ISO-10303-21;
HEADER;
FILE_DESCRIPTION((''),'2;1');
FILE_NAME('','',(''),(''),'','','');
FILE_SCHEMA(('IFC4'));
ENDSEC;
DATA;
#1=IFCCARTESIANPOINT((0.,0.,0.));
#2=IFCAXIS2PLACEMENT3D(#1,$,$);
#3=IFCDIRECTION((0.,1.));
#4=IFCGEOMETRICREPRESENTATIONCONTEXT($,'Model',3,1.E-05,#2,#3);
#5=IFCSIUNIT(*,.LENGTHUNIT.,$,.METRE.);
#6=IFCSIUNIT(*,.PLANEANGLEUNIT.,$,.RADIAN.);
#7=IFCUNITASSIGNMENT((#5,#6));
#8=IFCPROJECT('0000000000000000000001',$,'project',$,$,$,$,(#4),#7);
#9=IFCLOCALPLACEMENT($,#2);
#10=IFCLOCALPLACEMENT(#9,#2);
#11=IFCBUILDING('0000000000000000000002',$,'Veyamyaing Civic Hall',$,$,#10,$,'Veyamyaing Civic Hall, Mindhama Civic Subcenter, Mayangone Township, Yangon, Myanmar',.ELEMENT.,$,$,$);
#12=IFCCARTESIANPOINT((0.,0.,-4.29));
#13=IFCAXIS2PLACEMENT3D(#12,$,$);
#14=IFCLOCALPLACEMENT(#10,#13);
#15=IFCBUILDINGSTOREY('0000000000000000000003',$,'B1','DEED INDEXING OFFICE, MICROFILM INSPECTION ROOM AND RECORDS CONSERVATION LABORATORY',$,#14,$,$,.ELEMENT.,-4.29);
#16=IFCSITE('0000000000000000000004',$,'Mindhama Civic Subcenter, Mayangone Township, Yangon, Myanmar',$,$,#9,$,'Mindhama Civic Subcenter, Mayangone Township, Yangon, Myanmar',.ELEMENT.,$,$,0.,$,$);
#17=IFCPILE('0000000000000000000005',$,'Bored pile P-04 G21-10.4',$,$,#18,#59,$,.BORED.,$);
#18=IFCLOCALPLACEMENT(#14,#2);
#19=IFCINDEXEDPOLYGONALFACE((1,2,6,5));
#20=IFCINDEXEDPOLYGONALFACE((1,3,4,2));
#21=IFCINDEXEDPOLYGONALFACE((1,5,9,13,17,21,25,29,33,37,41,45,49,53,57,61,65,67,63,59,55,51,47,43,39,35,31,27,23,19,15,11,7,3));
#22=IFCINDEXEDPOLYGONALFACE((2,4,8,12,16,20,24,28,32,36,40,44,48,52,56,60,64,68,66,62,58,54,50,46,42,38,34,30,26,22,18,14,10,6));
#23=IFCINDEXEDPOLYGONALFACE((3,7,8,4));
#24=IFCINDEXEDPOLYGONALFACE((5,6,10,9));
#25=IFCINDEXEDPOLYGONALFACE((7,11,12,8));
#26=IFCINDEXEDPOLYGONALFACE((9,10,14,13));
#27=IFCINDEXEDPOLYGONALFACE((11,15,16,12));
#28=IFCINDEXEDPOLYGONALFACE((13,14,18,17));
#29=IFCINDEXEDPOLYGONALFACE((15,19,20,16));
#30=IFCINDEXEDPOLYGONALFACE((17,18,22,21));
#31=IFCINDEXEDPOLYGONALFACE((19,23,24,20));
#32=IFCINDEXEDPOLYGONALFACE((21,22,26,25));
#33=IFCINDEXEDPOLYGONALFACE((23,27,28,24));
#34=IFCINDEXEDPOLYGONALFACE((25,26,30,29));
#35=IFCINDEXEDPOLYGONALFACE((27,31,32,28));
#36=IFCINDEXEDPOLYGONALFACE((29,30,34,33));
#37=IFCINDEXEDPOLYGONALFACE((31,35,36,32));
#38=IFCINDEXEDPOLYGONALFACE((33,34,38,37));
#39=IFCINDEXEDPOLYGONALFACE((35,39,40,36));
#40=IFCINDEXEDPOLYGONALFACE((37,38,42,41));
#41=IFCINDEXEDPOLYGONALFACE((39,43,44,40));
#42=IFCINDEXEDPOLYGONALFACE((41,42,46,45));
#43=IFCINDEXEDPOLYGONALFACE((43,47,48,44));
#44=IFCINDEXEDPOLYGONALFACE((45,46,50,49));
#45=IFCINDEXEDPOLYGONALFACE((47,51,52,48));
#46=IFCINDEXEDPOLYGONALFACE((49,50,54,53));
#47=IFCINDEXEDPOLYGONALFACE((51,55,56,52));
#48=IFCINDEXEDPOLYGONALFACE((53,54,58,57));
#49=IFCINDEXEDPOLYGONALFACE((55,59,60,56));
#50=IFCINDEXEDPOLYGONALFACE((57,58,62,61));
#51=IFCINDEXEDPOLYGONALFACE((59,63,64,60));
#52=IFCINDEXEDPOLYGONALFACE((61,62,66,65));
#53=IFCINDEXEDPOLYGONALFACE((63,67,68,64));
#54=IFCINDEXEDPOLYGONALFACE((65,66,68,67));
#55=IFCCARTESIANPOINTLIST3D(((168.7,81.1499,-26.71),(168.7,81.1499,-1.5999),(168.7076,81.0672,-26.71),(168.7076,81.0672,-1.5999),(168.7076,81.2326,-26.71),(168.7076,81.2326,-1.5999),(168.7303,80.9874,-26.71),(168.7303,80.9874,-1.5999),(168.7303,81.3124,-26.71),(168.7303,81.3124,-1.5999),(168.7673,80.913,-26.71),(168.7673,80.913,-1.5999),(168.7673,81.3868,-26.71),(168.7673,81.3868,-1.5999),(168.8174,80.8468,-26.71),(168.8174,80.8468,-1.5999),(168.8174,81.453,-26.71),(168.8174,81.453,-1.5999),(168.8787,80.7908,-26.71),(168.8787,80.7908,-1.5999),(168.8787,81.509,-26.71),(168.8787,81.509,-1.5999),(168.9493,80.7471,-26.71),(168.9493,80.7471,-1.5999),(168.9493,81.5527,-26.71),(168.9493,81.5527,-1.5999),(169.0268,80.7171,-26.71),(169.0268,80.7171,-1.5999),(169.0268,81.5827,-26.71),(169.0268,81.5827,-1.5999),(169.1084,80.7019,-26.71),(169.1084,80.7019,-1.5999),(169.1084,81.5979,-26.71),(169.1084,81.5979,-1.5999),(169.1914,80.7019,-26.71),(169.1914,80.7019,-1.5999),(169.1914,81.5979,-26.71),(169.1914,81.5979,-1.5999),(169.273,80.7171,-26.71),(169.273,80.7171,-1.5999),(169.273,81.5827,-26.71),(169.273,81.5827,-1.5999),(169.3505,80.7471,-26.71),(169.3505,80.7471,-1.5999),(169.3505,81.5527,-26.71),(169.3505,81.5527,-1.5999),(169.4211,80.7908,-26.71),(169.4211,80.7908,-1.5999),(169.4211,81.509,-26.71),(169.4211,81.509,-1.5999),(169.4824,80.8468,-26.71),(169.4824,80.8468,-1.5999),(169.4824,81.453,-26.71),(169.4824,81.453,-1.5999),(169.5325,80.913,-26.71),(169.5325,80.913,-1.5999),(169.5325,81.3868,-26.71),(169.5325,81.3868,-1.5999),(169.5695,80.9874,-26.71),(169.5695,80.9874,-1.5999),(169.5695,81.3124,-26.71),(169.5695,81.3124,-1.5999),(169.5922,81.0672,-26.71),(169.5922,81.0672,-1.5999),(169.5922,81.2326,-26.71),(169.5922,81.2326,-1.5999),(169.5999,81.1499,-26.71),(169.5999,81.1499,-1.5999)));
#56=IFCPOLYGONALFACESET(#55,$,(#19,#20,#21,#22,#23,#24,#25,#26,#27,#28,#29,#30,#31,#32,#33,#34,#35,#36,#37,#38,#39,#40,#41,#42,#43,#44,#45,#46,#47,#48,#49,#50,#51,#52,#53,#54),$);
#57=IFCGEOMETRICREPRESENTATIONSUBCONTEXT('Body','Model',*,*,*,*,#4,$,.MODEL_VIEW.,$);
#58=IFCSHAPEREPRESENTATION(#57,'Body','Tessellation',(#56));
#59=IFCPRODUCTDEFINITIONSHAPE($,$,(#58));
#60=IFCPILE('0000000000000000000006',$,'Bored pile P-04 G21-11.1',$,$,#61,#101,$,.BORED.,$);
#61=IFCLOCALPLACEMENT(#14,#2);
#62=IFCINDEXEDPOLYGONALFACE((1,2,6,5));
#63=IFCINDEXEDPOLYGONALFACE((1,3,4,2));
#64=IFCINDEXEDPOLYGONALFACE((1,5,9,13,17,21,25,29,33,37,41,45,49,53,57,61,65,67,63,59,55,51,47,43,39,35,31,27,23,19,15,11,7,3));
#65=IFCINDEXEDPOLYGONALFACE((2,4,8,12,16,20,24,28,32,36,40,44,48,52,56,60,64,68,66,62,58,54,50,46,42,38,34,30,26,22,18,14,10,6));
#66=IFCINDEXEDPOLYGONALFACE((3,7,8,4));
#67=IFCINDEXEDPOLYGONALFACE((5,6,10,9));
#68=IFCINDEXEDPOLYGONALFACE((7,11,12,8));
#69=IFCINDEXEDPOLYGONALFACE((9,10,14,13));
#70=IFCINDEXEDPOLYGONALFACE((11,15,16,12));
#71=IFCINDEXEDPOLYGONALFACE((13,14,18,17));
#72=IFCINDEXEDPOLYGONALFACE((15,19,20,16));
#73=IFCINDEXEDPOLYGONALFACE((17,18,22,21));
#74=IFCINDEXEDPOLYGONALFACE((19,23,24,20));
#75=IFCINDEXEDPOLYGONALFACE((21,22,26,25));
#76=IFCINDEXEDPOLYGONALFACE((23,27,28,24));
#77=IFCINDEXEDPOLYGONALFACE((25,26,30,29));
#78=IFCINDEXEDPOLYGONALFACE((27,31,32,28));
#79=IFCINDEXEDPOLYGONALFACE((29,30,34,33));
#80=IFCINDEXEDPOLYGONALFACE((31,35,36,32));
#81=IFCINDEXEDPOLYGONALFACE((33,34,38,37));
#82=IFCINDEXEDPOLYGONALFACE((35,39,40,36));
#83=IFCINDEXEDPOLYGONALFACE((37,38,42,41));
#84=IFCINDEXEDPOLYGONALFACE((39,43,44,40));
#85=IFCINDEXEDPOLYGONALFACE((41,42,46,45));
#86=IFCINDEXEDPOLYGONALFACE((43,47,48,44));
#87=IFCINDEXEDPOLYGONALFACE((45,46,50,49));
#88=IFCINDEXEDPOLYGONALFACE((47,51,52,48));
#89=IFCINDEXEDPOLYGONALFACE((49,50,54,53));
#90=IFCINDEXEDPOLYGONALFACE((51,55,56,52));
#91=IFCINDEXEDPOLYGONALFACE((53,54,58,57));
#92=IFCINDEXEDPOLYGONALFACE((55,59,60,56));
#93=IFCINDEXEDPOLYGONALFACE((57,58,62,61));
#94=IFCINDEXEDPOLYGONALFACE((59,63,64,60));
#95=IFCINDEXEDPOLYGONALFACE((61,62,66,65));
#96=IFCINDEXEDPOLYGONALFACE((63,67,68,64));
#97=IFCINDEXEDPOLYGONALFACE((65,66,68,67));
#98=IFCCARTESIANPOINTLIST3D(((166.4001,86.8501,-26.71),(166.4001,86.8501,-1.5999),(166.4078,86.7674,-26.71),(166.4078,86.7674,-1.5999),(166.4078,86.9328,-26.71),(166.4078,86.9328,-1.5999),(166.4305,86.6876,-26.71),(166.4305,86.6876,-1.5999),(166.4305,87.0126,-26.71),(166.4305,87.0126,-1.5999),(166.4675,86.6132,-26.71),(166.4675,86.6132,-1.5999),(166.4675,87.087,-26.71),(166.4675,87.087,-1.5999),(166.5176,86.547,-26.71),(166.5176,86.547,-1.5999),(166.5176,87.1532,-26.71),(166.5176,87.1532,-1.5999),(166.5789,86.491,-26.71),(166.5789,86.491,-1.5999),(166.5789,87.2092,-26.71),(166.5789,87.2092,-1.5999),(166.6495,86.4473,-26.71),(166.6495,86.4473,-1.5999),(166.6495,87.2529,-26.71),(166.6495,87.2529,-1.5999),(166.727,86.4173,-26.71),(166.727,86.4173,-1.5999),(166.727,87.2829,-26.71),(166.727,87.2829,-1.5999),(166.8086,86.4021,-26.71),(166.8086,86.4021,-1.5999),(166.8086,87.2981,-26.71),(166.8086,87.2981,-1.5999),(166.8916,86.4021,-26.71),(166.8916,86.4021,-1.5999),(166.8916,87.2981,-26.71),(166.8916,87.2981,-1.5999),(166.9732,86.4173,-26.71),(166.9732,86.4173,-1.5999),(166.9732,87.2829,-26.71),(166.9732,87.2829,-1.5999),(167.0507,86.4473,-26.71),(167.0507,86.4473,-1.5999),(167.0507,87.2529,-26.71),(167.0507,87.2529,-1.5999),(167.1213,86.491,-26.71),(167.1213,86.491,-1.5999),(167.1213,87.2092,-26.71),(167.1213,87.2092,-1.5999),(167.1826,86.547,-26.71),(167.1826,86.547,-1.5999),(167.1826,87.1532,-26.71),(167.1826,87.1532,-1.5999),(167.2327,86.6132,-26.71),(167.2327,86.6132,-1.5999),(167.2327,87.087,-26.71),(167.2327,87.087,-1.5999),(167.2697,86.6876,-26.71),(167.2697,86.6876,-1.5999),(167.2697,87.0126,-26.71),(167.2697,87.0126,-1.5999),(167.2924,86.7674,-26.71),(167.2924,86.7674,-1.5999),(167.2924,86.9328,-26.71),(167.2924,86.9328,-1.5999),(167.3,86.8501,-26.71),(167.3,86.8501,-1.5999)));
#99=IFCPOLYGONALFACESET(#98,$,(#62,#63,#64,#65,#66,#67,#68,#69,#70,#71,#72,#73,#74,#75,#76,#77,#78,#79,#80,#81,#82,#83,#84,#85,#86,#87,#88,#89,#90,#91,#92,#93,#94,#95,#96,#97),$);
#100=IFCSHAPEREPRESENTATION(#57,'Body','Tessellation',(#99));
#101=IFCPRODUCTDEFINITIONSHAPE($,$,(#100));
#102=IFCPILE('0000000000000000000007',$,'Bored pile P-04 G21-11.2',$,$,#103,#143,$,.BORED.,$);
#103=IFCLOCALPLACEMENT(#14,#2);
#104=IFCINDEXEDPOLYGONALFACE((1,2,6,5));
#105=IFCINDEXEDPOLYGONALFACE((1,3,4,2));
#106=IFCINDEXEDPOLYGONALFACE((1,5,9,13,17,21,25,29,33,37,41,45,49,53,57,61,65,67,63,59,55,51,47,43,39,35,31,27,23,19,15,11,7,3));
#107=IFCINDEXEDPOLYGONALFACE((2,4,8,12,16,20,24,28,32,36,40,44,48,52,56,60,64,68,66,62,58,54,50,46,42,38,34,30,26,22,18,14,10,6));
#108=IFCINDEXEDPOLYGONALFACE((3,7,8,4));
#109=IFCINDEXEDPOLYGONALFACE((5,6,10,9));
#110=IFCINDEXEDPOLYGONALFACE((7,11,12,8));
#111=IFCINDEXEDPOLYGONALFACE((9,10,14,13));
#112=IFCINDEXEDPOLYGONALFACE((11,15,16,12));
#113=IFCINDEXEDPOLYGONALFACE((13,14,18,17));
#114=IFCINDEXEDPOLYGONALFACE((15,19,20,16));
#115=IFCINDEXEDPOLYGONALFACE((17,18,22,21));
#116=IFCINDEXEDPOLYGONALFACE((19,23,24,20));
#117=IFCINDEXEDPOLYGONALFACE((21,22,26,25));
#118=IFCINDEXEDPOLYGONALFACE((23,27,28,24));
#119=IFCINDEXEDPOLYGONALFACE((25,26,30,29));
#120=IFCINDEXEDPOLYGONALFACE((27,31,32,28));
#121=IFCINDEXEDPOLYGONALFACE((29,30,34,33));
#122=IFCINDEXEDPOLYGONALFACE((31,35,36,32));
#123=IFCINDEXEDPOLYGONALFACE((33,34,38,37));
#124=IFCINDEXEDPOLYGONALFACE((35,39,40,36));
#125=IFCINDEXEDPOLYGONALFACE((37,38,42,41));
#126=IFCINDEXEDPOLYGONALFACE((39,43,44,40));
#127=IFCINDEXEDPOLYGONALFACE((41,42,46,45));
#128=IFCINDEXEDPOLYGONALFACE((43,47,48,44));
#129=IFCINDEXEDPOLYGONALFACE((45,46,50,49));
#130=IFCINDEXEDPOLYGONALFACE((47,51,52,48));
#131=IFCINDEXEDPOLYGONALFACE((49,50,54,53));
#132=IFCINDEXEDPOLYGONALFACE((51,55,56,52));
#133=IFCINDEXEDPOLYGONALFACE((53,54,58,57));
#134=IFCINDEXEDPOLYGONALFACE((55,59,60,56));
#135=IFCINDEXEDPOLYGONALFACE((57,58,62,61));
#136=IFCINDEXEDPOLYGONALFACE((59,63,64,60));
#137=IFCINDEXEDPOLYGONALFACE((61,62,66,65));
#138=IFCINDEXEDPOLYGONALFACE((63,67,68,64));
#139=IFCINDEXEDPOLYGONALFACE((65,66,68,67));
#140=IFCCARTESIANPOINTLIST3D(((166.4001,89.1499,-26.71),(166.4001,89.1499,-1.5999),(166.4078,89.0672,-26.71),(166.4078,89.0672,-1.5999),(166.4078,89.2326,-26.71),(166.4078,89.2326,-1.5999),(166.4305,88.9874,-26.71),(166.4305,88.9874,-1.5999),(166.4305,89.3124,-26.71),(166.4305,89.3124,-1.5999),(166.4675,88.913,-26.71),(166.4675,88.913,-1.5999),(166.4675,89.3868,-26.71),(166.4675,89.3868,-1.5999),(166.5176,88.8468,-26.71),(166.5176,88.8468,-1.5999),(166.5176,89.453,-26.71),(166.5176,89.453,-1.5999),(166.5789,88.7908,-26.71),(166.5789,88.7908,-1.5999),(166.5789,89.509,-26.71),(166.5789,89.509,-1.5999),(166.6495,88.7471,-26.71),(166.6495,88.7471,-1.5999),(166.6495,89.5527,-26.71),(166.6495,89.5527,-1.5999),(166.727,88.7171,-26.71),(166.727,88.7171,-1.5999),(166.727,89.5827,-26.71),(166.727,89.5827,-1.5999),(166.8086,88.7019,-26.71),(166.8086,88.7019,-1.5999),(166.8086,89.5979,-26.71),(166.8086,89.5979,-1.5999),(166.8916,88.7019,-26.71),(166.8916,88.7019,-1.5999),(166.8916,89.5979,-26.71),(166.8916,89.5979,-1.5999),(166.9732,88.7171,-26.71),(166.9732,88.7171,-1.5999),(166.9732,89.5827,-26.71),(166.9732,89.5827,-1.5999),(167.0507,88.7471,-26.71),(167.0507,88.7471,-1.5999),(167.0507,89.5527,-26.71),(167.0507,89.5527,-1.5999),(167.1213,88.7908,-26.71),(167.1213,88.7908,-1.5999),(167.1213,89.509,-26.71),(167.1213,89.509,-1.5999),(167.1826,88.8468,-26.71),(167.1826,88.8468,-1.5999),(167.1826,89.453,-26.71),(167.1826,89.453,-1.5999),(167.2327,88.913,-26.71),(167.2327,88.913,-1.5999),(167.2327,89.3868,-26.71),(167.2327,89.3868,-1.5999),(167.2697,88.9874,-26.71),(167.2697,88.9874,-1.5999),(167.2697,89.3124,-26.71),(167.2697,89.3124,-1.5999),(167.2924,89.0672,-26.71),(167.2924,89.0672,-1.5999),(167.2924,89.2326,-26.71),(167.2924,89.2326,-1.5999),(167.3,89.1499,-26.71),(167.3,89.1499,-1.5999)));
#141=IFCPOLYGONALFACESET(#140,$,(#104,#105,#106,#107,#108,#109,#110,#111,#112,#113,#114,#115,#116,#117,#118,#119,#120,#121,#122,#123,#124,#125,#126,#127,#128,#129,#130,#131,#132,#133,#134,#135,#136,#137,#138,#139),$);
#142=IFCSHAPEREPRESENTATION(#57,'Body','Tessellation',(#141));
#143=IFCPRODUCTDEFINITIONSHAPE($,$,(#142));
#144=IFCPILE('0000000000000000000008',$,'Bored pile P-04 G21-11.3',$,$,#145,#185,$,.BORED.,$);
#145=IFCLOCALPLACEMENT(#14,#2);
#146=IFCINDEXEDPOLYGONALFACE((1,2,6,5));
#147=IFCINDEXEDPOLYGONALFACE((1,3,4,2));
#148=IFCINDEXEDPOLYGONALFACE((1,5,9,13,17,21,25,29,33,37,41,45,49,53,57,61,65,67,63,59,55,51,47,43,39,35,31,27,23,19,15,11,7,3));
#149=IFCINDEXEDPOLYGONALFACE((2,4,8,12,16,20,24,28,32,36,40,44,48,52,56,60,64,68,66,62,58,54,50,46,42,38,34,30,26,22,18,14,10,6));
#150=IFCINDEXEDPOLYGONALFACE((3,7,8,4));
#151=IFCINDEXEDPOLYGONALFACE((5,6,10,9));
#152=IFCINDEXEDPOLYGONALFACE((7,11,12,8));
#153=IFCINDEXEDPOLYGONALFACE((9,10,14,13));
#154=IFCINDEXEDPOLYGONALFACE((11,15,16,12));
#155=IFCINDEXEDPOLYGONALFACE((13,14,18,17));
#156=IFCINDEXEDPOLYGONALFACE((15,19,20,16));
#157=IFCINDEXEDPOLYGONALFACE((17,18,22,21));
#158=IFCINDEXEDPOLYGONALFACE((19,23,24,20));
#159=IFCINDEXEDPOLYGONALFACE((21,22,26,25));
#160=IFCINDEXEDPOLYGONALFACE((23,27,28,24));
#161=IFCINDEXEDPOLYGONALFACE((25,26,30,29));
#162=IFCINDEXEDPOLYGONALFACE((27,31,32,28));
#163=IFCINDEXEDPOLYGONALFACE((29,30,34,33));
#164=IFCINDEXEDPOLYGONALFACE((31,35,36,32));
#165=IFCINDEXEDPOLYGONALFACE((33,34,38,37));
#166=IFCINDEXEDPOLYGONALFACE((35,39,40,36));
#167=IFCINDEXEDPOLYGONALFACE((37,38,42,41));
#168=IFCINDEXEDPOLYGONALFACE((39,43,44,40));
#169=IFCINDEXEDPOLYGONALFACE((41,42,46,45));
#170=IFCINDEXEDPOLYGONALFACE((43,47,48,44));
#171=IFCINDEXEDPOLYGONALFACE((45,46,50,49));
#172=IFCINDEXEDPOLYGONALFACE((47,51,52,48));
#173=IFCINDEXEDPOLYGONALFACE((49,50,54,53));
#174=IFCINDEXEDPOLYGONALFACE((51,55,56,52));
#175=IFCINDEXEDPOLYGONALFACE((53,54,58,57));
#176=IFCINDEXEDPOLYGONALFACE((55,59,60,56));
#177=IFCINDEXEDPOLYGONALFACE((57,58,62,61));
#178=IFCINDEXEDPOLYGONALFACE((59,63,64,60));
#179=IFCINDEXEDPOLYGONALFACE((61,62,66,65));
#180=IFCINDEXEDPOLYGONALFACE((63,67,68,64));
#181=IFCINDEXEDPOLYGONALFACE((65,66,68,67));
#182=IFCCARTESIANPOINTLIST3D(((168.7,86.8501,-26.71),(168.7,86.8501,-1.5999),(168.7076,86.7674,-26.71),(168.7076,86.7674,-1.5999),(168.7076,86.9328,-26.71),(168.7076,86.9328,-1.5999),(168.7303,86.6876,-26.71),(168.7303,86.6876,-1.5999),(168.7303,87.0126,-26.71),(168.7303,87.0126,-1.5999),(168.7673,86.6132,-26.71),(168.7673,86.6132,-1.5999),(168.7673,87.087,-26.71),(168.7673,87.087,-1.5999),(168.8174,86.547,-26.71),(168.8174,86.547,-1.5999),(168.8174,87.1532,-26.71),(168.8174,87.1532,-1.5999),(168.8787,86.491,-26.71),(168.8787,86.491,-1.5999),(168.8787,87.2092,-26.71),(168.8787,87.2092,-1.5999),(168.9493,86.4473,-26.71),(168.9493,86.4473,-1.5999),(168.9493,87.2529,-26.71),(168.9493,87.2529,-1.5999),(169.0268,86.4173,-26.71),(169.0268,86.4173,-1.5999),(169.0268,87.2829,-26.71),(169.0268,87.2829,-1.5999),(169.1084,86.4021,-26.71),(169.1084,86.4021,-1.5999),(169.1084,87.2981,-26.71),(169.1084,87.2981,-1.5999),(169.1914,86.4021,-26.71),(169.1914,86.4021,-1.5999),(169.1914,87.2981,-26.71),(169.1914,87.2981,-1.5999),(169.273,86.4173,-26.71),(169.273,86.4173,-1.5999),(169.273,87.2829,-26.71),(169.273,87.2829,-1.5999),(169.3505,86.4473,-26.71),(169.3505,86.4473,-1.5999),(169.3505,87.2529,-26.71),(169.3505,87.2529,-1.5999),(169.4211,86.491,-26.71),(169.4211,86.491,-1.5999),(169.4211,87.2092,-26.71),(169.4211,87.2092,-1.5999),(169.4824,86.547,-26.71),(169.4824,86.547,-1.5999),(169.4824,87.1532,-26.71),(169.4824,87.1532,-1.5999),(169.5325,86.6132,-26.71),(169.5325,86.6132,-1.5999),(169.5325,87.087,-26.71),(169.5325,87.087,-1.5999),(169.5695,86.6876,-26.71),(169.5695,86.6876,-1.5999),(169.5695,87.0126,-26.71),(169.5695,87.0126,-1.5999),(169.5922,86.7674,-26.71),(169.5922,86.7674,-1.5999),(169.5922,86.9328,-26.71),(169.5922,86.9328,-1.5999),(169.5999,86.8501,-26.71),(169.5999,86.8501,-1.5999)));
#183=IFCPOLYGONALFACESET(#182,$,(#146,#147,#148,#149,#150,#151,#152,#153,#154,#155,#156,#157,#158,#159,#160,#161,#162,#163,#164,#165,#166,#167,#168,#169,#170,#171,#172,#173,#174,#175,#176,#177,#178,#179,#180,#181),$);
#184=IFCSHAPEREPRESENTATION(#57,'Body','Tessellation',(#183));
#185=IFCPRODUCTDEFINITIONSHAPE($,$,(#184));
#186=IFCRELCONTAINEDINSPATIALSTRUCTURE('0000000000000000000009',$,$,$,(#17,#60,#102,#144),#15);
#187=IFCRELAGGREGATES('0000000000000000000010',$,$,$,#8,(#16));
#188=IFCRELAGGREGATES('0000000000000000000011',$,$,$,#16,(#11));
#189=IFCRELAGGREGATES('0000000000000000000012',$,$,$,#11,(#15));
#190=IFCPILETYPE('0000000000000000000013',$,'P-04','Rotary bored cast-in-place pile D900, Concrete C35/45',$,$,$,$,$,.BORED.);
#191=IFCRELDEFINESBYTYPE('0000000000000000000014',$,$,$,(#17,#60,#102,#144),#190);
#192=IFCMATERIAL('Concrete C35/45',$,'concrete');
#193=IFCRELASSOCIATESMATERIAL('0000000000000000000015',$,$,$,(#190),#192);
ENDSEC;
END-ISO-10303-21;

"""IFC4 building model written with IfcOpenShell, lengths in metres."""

from ifc_helpers import new_model, si_unit, direction, frame, origin, origin_2d, place, context, subcontext, project, spatial, circle, extrude, material, material_profile, profile_set, type_object, element, save


model = new_model("IFC4")

# Units and contexts
model_context = context("Model", 3, precision=1e-05, world=origin(), true_north=direction((0.0, 1.0)))
body_context = subcontext(model_context, "Body", "Model", "MODEL_VIEW")
ifc_project = project(units=[si_unit("LENGTHUNIT", "METRE"), si_unit("PLANEANGLEUNIT", "RADIAN")], contexts=[model_context])

# Site, building, storey
site_placement = place(None, origin())
site = spatial("IfcSite", under=ifc_project, at=site_placement, Name="Mindhama Civic Subcenter, Mayangone Township, Yangon, Myanmar", LongName="Mindhama Civic Subcenter, Mayangone Township, Yangon, Myanmar", CompositionType="ELEMENT", RefElevation=0.0)
building_placement = place(site_placement, origin())
building = spatial("IfcBuilding", under=site, at=building_placement, Name="Veyamyaing Civic Hall", LongName="Veyamyaing Civic Hall, Mindhama Civic Subcenter, Mayangone Township, Yangon, Myanmar", CompositionType="ELEMENT")
storey_placement = place(building_placement, frame((0.0, 0.0, -4.29)))
storey = spatial("IfcBuildingStorey", under=building, at=storey_placement, Name="B1", Description="DEED INDEXING OFFICE, MICROFILM INSPECTION ROOM AND RECORDS CONSERVATION LABORATORY", CompositionType="ELEMENT", Elevation=-4.29)

# Piles
ifc_material_1 = material(Name="Concrete C35/45", Category="concrete")
ifc_material_profile_1 = material_profile(ifc_material_1, circle(Radius=0.45, at=origin_2d()), Name="PILE-D900")
ifc_profile_set_1 = profile_set([ifc_material_profile_1], Name="Concrete C35/45")
pile_type_1 = type_object("IfcPileType", Name="P-04", Description="Rotary bored cast-in-place pile D900, Concrete C35/45", PredefinedType="BORED", material=ifc_profile_set_1)
for number, where, z_axis, x_axis, name in (
    (1, (169.1499, 81.1499, -1.5999), (0.0, 0.0, -1.0), (1.0, 0.0, 0.0), "Bored pile P-04 G21-10.4"),
    (2, (166.8501, 86.8501, -1.5999), (0.0, 0.0, -1.0), (1.0, 0.0, 0.0), "Bored pile P-04 G21-11.1"),
    (3, (166.8501, 89.1499, -1.5999), (0.0, 0.0, -1.0), (1.0, 0.0, 0.0), "Bored pile P-04 G21-11.2"),
    (4, (169.1499, 86.8501, -1.5999), (0.0, 0.0, -1.0), (1.0, 0.0, 0.0), "Bored pile P-04 G21-11.3"),
):
    element("IfcPile", number, at=place(storey_placement, frame(where, z_axis=z_axis, x_axis=x_axis)), inside=storey, type_object=pile_type_1, Name=name, PredefinedType="BORED", context=body_context, shape_type="SweptSolid", body=[
        extrude(circle(Radius=0.45, at=origin_2d()), origin(), (0.0, 0.0, 1.0), 25.1101),
    ])

save(model, "model.ifc")
